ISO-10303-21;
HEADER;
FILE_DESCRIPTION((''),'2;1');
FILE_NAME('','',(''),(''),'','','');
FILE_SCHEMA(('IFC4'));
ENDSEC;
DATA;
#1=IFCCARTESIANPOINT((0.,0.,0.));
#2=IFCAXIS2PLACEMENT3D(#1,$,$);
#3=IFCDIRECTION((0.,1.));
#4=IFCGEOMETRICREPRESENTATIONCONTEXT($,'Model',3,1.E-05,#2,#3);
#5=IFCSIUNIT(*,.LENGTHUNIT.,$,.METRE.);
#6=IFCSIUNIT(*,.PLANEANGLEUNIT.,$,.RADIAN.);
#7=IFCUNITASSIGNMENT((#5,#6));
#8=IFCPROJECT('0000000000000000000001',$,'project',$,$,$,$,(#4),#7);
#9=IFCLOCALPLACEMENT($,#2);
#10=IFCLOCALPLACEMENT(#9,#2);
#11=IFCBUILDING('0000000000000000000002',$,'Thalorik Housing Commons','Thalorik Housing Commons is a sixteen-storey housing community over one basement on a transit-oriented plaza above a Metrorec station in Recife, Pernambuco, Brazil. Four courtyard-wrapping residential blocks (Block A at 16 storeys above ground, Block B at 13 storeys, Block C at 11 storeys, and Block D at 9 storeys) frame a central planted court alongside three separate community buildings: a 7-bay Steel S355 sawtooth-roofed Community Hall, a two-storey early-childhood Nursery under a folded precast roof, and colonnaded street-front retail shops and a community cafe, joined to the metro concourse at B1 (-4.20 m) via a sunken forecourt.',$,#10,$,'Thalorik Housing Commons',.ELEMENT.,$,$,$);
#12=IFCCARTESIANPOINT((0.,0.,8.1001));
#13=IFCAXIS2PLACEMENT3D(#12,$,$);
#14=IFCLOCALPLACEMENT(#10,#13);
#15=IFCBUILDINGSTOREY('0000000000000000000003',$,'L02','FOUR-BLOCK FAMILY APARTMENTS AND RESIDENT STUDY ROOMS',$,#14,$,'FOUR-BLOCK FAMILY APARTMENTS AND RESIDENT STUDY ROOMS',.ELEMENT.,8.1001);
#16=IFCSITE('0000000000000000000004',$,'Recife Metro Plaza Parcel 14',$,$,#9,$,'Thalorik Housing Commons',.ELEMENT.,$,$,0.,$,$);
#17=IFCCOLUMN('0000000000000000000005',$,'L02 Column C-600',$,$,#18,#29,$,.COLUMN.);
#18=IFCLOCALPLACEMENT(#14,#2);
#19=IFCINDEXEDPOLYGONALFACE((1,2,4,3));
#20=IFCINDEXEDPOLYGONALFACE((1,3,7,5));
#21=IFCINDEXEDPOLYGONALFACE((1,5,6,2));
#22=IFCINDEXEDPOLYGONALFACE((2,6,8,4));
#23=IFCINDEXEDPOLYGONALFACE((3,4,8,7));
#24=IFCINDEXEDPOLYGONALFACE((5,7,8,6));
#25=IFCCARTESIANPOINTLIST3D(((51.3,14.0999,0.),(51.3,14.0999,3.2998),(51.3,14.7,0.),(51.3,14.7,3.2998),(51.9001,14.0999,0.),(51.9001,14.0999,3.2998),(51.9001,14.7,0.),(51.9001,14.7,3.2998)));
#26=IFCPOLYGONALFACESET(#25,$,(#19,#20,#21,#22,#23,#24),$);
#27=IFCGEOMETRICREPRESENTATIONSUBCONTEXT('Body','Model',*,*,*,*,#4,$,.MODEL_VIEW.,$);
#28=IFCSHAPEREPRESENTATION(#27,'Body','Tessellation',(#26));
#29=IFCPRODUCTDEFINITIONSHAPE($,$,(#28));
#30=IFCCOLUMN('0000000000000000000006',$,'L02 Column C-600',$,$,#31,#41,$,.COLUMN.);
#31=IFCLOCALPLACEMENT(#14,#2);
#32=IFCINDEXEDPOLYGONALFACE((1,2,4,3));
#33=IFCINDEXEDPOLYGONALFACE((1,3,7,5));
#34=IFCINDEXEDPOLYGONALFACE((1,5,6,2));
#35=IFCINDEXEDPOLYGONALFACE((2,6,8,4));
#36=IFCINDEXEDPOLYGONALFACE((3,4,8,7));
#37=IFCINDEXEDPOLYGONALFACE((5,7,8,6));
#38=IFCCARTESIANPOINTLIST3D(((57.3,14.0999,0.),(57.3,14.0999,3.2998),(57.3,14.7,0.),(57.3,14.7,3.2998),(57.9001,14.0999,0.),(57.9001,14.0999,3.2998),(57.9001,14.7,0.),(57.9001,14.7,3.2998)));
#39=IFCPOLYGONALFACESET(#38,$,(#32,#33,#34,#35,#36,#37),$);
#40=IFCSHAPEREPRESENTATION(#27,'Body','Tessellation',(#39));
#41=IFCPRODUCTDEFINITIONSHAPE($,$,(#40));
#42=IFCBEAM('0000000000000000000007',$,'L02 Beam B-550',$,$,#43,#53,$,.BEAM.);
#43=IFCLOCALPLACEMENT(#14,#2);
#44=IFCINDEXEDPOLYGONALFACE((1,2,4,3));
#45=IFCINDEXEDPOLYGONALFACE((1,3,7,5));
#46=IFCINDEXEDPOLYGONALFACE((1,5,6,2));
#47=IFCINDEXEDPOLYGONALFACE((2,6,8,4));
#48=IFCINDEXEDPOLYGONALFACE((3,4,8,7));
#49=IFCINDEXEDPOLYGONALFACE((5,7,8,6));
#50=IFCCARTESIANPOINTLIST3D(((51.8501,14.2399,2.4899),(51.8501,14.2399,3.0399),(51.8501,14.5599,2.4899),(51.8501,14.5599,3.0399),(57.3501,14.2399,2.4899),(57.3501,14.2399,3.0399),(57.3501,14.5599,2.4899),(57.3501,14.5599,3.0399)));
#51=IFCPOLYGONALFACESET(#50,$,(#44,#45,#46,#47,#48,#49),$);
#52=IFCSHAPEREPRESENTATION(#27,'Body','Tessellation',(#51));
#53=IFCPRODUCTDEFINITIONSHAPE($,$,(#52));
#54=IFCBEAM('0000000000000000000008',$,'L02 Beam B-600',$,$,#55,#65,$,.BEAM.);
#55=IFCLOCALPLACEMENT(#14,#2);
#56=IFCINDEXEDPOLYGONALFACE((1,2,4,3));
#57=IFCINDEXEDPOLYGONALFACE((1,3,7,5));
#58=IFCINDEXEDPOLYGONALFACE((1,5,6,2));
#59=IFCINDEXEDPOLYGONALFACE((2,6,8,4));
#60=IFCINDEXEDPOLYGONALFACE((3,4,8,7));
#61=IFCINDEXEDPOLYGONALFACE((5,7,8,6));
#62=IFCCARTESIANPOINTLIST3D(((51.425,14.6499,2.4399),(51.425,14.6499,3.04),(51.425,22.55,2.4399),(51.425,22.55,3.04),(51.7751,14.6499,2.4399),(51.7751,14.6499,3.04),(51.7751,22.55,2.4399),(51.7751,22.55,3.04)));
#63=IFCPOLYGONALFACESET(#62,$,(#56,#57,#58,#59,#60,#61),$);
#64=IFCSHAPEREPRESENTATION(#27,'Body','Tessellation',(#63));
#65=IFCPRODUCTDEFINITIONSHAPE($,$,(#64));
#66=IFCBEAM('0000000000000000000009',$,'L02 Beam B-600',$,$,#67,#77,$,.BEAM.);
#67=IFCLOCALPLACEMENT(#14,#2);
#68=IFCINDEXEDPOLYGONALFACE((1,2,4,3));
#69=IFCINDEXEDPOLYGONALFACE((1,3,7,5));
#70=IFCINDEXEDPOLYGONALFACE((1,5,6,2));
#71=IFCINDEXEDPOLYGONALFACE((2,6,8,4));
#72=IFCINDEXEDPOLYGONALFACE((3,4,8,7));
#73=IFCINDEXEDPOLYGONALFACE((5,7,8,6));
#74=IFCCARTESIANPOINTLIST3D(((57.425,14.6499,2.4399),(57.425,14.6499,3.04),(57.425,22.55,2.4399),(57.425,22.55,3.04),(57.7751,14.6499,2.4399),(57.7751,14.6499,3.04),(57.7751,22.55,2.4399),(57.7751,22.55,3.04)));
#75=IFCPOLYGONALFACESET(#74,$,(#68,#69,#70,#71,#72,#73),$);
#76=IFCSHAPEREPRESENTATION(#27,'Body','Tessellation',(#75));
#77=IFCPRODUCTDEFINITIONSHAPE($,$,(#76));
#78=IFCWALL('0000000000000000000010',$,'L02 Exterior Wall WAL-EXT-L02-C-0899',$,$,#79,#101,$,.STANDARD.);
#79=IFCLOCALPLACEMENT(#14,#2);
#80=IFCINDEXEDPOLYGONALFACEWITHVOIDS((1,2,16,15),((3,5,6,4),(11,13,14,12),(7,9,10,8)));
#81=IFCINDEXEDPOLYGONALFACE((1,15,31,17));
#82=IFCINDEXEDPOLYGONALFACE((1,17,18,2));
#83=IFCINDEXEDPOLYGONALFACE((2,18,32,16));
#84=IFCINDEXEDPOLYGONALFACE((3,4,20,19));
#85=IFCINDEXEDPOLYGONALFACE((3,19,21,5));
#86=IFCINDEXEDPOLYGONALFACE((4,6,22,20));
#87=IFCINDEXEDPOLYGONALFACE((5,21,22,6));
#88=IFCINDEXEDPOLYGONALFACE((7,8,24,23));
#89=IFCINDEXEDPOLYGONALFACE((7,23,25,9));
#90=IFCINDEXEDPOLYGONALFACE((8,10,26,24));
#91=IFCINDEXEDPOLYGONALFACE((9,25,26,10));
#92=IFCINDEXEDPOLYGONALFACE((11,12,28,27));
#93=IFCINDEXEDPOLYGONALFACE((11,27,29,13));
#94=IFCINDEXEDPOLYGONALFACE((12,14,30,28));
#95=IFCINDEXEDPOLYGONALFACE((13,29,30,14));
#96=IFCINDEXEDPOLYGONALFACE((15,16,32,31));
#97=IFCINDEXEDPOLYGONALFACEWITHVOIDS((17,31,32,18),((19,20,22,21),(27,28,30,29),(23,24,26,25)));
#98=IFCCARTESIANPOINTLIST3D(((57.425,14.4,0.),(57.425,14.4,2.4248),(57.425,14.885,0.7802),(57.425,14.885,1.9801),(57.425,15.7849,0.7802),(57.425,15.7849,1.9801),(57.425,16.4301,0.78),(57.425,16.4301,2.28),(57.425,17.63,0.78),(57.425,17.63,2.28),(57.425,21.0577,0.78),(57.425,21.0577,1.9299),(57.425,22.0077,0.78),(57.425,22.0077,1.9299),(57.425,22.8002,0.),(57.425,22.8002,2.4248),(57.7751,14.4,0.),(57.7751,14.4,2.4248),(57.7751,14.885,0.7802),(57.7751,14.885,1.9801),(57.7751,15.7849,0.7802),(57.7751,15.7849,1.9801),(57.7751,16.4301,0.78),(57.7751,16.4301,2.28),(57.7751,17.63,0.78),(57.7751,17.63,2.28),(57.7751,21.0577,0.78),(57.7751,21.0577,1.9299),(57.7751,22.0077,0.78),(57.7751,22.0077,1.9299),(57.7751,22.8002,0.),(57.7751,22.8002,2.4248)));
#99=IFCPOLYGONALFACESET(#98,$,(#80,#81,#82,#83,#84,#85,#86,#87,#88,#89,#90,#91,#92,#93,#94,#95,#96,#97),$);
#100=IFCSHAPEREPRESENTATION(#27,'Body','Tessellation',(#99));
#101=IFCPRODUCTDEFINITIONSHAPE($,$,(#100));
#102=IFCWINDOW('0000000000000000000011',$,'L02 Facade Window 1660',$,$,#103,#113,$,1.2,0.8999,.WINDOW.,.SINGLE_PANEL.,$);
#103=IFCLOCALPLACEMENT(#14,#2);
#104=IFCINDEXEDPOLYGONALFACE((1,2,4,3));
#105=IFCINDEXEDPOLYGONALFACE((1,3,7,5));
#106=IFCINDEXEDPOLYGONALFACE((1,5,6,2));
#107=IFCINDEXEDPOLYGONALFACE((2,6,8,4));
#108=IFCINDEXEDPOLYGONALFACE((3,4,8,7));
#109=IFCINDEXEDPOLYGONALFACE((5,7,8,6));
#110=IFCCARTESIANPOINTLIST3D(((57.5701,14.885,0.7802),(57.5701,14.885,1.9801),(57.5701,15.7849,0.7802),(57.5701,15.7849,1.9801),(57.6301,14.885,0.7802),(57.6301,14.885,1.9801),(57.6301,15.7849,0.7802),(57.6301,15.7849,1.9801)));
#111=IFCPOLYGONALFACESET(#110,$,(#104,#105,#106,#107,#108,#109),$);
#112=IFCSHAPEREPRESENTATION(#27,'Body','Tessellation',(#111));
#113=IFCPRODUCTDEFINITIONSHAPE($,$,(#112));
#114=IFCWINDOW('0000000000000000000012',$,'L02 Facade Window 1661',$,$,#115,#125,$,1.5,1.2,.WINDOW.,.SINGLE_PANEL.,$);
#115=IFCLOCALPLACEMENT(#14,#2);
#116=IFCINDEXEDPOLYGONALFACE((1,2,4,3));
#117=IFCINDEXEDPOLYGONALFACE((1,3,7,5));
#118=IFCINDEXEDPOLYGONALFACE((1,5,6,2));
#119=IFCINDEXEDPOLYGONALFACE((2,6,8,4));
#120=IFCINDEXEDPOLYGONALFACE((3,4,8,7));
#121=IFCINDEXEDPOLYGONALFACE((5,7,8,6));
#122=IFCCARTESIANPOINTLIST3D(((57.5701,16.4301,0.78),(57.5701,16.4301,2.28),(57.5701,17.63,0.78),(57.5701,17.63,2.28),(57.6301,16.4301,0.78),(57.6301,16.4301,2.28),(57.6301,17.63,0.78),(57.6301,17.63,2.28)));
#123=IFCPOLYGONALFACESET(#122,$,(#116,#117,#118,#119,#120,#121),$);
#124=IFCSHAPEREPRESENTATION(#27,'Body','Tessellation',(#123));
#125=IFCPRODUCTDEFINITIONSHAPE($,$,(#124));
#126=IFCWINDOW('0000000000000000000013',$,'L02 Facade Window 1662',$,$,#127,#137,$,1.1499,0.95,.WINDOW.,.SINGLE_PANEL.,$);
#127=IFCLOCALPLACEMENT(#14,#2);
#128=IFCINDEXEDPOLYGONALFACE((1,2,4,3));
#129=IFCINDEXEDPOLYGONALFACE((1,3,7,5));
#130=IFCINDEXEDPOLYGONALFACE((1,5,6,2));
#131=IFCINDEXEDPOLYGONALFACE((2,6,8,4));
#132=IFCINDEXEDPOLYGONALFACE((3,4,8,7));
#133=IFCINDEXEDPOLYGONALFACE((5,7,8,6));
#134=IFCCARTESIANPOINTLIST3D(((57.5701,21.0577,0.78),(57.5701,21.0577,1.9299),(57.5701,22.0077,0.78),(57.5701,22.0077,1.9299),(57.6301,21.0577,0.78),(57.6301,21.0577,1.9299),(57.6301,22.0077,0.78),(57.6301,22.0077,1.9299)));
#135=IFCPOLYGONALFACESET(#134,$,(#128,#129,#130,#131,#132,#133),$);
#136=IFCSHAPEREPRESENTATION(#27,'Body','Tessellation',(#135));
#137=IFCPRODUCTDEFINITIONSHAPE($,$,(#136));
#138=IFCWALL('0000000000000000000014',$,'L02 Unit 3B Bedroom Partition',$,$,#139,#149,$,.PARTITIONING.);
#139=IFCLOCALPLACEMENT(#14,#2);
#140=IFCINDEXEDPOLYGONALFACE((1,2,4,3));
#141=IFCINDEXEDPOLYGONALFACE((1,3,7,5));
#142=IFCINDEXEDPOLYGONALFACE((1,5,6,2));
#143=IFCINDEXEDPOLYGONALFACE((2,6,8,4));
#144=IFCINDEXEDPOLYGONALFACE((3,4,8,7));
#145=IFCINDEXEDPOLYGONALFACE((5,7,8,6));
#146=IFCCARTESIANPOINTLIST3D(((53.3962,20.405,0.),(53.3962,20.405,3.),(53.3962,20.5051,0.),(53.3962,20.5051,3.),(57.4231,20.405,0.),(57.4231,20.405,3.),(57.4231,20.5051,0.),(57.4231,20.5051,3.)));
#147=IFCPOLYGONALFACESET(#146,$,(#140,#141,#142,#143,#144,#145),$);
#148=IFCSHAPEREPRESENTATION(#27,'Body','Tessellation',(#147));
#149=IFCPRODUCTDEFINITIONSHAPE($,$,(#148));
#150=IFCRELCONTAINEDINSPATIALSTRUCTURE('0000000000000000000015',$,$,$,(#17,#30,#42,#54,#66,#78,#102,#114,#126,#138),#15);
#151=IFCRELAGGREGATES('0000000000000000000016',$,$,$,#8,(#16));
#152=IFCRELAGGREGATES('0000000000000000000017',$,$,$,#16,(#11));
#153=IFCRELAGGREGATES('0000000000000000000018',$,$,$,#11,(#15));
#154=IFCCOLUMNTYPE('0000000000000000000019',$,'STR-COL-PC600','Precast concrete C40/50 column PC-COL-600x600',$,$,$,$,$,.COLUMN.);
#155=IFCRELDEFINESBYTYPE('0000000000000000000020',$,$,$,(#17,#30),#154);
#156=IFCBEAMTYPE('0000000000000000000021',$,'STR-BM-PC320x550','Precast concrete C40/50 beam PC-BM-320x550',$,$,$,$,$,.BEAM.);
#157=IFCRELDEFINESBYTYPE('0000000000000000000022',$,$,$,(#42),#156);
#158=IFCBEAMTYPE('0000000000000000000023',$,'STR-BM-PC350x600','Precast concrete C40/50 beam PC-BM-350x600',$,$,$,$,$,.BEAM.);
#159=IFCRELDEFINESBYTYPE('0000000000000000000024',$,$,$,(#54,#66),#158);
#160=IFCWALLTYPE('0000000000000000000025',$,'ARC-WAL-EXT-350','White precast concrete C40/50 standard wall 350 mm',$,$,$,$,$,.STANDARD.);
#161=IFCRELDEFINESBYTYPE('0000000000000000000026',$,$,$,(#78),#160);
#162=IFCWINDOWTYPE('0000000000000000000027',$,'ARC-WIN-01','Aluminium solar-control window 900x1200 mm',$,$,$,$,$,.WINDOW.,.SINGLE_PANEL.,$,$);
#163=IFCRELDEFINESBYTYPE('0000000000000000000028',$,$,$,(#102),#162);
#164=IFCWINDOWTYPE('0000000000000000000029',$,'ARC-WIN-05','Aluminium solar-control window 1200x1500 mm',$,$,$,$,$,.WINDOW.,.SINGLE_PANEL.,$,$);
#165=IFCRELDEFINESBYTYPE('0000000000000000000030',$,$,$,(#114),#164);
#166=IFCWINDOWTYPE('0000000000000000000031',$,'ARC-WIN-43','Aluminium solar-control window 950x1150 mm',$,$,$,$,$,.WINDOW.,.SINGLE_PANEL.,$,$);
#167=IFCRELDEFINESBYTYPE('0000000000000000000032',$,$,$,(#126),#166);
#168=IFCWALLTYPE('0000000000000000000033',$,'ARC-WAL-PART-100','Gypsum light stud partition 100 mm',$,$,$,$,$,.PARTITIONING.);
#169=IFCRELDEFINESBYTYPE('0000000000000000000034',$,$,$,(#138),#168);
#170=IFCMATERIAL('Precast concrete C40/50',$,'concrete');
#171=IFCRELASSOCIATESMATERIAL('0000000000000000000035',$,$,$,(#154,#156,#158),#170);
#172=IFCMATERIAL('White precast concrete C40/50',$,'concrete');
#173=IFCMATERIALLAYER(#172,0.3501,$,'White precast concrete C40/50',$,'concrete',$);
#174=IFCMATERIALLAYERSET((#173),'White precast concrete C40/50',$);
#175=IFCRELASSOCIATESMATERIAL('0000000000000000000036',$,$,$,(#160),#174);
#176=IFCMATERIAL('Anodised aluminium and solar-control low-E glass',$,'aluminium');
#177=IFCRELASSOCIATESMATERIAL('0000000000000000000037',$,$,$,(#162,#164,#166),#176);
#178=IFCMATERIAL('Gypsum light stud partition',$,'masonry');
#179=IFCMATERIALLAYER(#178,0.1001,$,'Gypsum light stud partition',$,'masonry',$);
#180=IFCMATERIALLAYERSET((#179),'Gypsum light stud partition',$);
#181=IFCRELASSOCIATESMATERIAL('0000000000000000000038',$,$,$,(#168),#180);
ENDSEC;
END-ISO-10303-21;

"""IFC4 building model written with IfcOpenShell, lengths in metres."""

from ifc_helpers import new_model, si_unit, direction, frame, frame_2d, origin, origin_2d, place, context, subcontext, project, spatial, rectangle, extrude, material, layer, layer_set, material_profile, profile_set, type_object, element, fill, save


model = new_model("IFC4")

# Units and contexts
model_context = context("Model", 3, precision=1e-05, world=origin(), true_north=direction((0.0, 1.0)))
body_context = subcontext(model_context, "Body", "Model", "MODEL_VIEW")
ifc_project = project(units=[si_unit("LENGTHUNIT", "METRE"), si_unit("PLANEANGLEUNIT", "RADIAN")], contexts=[model_context])

# Site, building, storey
site_placement = place(None, origin())
site = spatial("IfcSite", under=ifc_project, at=site_placement, Name="Recife Metro Plaza Parcel 14", LongName="Thalorik Housing Commons", CompositionType="ELEMENT", RefElevation=0.0)
building_placement = place(site_placement, origin())
building = spatial("IfcBuilding", under=site, at=building_placement, Name="Thalorik Housing Commons", Description="Thalorik Housing Commons is a sixteen-storey housing community over one basement on a transit-oriented plaza above a Metrorec station in Recife, Pernambuco, Brazil. Four courtyard-wrapping residential blocks (Block A at 16 storeys above ground, Block B at 13 storeys, Block C at 11 storeys, and Block D at 9 storeys) frame a central planted court alongside three separate community buildings: a 7-bay Steel S355 sawtooth-roofed Community Hall, a two-storey early-childhood Nursery under a folded precast roof, and colonnaded street-front retail shops and a community cafe, joined to the metro concourse at B1 (-4.20 m) via a sunken forecourt.", LongName="Thalorik Housing Commons", CompositionType="ELEMENT")
storey_placement = place(building_placement, frame((0.0, 0.0, 8.1001)))
storey = spatial("IfcBuildingStorey", under=building, at=storey_placement, Name="L02", Description="FOUR-BLOCK FAMILY APARTMENTS AND RESIDENT STUDY ROOMS", LongName="FOUR-BLOCK FAMILY APARTMENTS AND RESIDENT STUDY ROOMS", CompositionType="ELEMENT", Elevation=8.1001)

# Columns
ifc_material_1 = material(Name="Precast concrete C40/50", Category="concrete")
ifc_material_profile_1 = material_profile(ifc_material_1, rectangle(XDim=0.6001, YDim=0.6001, at=origin_2d()), Name="PC 600x600", Category="concrete")
ifc_profile_set_1 = profile_set([ifc_material_profile_1], Name="Precast concrete C40/50")
column_type = type_object("IfcColumnType", Name="STR-COL-PC600", Description="Precast concrete C40/50 column PC-COL-600x600", PredefinedType="COLUMN", material=ifc_profile_set_1)
for number, where, z_axis, x_axis, name in (
    (1, (51.6001, 14.3999, 0.0), (0.0, 0.0, 1.0), (1.0, 0.0, 0.0), "L02 Column C-600"),
    (2, (57.6001, 14.3999, 0.0), (0.0, 0.0, 1.0), (1.0, 0.0, 0.0), "L02 Column C-600"),
):
    element("IfcColumn", number, at=place(storey_placement, frame(where, z_axis=z_axis, x_axis=x_axis)), inside=storey, type_object=column_type, Name=name, PredefinedType="COLUMN", context=body_context, shape_type="SweptSolid", body=[
        extrude(rectangle(XDim=0.6001, YDim=0.6001, at=origin_2d()), origin(), (0.0, 0.0, 1.0), 3.2998),
    ])

# Beams
ifc_material_profile_2 = material_profile(ifc_material_1, rectangle(XDim=0.3201, YDim=0.55, at=origin_2d()), Name="PC 320x550", Category="concrete")
ifc_profile_set_2 = profile_set([ifc_material_profile_2], Name="Precast concrete C40/50")
beam_type_1 = type_object("IfcBeamType", Name="STR-BM-PC320x550", Description="Precast concrete C40/50 beam PC-BM-320x550", PredefinedType="BEAM", material=ifc_profile_set_2)
beam_placement = place(storey_placement, frame((51.8501, 14.3999, 2.7649), z_axis=(1.0, 0.0, 0.0), x_axis=(0.0, 1.0, 0.0)))
element("IfcBeam", 3, at=beam_placement, inside=storey, type_object=beam_type_1, Name="L02 Beam B-550", PredefinedType="BEAM", context=body_context, shape_type="SweptSolid", body=[
    extrude(rectangle(XDim=0.3201, YDim=0.55, at=origin_2d()), origin(), (0.0, 0.0, 1.0), 5.5),
])
ifc_material_profile_3 = material_profile(ifc_material_1, rectangle(XDim=0.3501, YDim=0.6001, at=origin_2d()), Name="PC 350x600", Category="concrete")
ifc_profile_set_3 = profile_set([ifc_material_profile_3], Name="Precast concrete C40/50")
beam_type_2 = type_object("IfcBeamType", Name="STR-BM-PC350x600", Description="Precast concrete C40/50 beam PC-BM-350x600", PredefinedType="BEAM", material=ifc_profile_set_3)
for number, where, z_axis, x_axis, name in (
    (4, (51.6001, 14.6499, 2.74), (0.0, 1.0, 0.0), (-1.0, 0.0, 0.0), "L02 Beam B-600"),
    (5, (57.6001, 14.6499, 2.74), (0.0, 1.0, 0.0), (-1.0, 0.0, 0.0), "L02 Beam B-600"),
):
    element("IfcBeam", number, at=place(storey_placement, frame(where, z_axis=z_axis, x_axis=x_axis)), inside=storey, type_object=beam_type_2, Name=name, PredefinedType="BEAM", context=body_context, shape_type="SweptSolid", body=[
        extrude(rectangle(XDim=0.3501, YDim=0.6001, at=origin_2d()), origin(), (0.0, 0.0, 1.0), 7.9001),
    ])

# Wall, openings, windows
ifc_material_2 = material(Name="White precast concrete C40/50", Category="concrete")
ifc_layer_1 = layer(ifc_material_2, 0.3501, Name="White precast concrete C40/50", Category="concrete")
ifc_layer_set_1 = layer_set([ifc_layer_1], Name="White precast concrete C40/50")
wall_type_1 = type_object("IfcWallType", Name="ARC-WAL-EXT-350", Description="White precast concrete C40/50 standard wall 350 mm", PredefinedType="STANDARD", material=ifc_layer_set_1)
wall_1_placement = place(storey_placement, frame((57.6001, 14.3999, 0.0), z_axis=(0.0, 0.0, 1.0), x_axis=(0.0, 1.0, 0.0)))
wall_1 = element("IfcWall", 6, at=wall_1_placement, inside=storey, type_object=wall_type_1, Name="L02 Exterior Wall WAL-EXT-L02-C-0899", PredefinedType="STANDARD", context=body_context, shape_type="SweptSolid", body=[
    extrude(rectangle(XDim=8.4001, YDim=0.3501, at=frame_2d((4.2002, 0.0))), origin(), (0.0, 0.0, 1.0), 2.4248),
])
opening_1_placement = place(wall_1_placement, frame((0.4851, 0.0, 0.78)))
opening_1 = element("IfcOpeningElement", 7, at=opening_1_placement, cuts=wall_1, PredefinedType="OPENING", context=body_context, shape_type="SweptSolid", body=[
    extrude(rectangle(XDim=0.8999, YDim=1.2, at=frame_2d((0.45, 0.6001))), frame((0.0, 0.1851, 0.0), z_axis=(0.0, -1.0, 0.0), x_axis=(1.0, 0.0, 0.0)), (0.0, 0.0, 1.0), 0.3701),
])
opening_2_placement = place(wall_1_placement, frame((2.03, 0.0, 0.78)))
opening_2 = element("IfcOpeningElement", 8, at=opening_2_placement, cuts=wall_1, PredefinedType="OPENING", context=body_context, shape_type="SweptSolid", body=[
    extrude(rectangle(XDim=1.2, YDim=1.5, at=frame_2d((0.6001, 0.75))), frame((0.0, 0.1851, 0.0), z_axis=(0.0, -1.0, 0.0), x_axis=(1.0, 0.0, 0.0)), (0.0, 0.0, 1.0), 0.3701),
])
opening_3_placement = place(wall_1_placement, frame((6.6577, 0.0, 0.78)))
opening_3 = element("IfcOpeningElement", 9, at=opening_3_placement, cuts=wall_1, PredefinedType="OPENING", context=body_context, shape_type="SweptSolid", body=[
    extrude(rectangle(XDim=0.95, YDim=1.1499, at=frame_2d((0.4751, 0.575))), frame((0.0, 0.1851, 0.0), z_axis=(0.0, -1.0, 0.0), x_axis=(1.0, 0.0, 0.0)), (0.0, 0.0, 1.0), 0.3701),
])
ifc_material_3 = material(Name="Anodised aluminium and solar-control low-E glass", Category="aluminium")
window_type_1 = type_object("IfcWindowType", Name="ARC-WIN-01", Description="Aluminium solar-control window 900x1200 mm", PartitioningType="SINGLE_PANEL", PredefinedType="WINDOW", material=ifc_material_3)
window_1_placement = place(opening_1_placement, origin())
window_1 = element("IfcWindow", 10, at=window_1_placement, inside=storey, type_object=window_type_1, Name="L02 Facade Window 1660", OverallHeight=1.2, OverallWidth=0.8999, PartitioningType="SINGLE_PANEL", PredefinedType="WINDOW", context=body_context, shape_type="SweptSolid", body=[
    extrude(rectangle(XDim=0.8999, YDim=1.2, at=frame_2d((0.45, 0.6001))), frame((0.0, 0.03, 0.0), z_axis=(0.0, -1.0, 0.0), x_axis=(1.0, 0.0, 0.0)), (0.0, 0.0, 1.0), 0.0601),
])
fill(opening_1, window_1)
window_type_2 = type_object("IfcWindowType", Name="ARC-WIN-05", Description="Aluminium solar-control window 1200x1500 mm", PartitioningType="SINGLE_PANEL", PredefinedType="WINDOW", material=ifc_material_3)
window_2_placement = place(opening_2_placement, origin())
window_2 = element("IfcWindow", 11, at=window_2_placement, inside=storey, type_object=window_type_2, Name="L02 Facade Window 1661", OverallHeight=1.5, OverallWidth=1.2, PartitioningType="SINGLE_PANEL", PredefinedType="WINDOW", context=body_context, shape_type="SweptSolid", body=[
    extrude(rectangle(XDim=1.2, YDim=1.5, at=frame_2d((0.6001, 0.75))), frame((0.0, 0.03, 0.0), z_axis=(0.0, -1.0, 0.0), x_axis=(1.0, 0.0, 0.0)), (0.0, 0.0, 1.0), 0.0601),
])
fill(opening_2, window_2)
window_type_3 = type_object("IfcWindowType", Name="ARC-WIN-43", Description="Aluminium solar-control window 950x1150 mm", PartitioningType="SINGLE_PANEL", PredefinedType="WINDOW", material=ifc_material_3)
window_3_placement = place(opening_3_placement, origin())
window_3 = element("IfcWindow", 12, at=window_3_placement, inside=storey, type_object=window_type_3, Name="L02 Facade Window 1662", OverallHeight=1.1499, OverallWidth=0.95, PartitioningType="SINGLE_PANEL", PredefinedType="WINDOW", context=body_context, shape_type="SweptSolid", body=[
    extrude(rectangle(XDim=0.95, YDim=1.1499, at=frame_2d((0.4751, 0.575))), frame((0.0, 0.03, 0.0), z_axis=(0.0, -1.0, 0.0), x_axis=(1.0, 0.0, 0.0)), (0.0, 0.0, 1.0), 0.0601),
])
fill(opening_3, window_3)

# Wall
ifc_material_4 = material(Name="Gypsum light stud partition", Category="masonry")
ifc_layer_2 = layer(ifc_material_4, 0.1001, Name="Gypsum light stud partition", Category="masonry")
ifc_layer_set_2 = layer_set([ifc_layer_2], Name="Gypsum light stud partition")
wall_type_2 = type_object("IfcWallType", Name="ARC-WAL-PART-100", Description="Gypsum light stud partition 100 mm", PredefinedType="PARTITIONING", material=ifc_layer_set_2)
wall_2_placement = place(storey_placement, frame((53.3962, 20.4551, 0.0), z_axis=(0.0, 0.0, 1.0), x_axis=(1.0, 0.0, 0.0)))
element("IfcWall", 13, at=wall_2_placement, inside=storey, type_object=wall_type_2, Name="L02 Unit 3B Bedroom Partition", PredefinedType="PARTITIONING", context=body_context, shape_type="SweptSolid", body=[
    extrude(rectangle(XDim=4.0269, YDim=0.1001, at=frame_2d((2.0134, 0.0))), origin(), (0.0, 0.0, 1.0), 3.0),
])

save(model, "model.ifc")
